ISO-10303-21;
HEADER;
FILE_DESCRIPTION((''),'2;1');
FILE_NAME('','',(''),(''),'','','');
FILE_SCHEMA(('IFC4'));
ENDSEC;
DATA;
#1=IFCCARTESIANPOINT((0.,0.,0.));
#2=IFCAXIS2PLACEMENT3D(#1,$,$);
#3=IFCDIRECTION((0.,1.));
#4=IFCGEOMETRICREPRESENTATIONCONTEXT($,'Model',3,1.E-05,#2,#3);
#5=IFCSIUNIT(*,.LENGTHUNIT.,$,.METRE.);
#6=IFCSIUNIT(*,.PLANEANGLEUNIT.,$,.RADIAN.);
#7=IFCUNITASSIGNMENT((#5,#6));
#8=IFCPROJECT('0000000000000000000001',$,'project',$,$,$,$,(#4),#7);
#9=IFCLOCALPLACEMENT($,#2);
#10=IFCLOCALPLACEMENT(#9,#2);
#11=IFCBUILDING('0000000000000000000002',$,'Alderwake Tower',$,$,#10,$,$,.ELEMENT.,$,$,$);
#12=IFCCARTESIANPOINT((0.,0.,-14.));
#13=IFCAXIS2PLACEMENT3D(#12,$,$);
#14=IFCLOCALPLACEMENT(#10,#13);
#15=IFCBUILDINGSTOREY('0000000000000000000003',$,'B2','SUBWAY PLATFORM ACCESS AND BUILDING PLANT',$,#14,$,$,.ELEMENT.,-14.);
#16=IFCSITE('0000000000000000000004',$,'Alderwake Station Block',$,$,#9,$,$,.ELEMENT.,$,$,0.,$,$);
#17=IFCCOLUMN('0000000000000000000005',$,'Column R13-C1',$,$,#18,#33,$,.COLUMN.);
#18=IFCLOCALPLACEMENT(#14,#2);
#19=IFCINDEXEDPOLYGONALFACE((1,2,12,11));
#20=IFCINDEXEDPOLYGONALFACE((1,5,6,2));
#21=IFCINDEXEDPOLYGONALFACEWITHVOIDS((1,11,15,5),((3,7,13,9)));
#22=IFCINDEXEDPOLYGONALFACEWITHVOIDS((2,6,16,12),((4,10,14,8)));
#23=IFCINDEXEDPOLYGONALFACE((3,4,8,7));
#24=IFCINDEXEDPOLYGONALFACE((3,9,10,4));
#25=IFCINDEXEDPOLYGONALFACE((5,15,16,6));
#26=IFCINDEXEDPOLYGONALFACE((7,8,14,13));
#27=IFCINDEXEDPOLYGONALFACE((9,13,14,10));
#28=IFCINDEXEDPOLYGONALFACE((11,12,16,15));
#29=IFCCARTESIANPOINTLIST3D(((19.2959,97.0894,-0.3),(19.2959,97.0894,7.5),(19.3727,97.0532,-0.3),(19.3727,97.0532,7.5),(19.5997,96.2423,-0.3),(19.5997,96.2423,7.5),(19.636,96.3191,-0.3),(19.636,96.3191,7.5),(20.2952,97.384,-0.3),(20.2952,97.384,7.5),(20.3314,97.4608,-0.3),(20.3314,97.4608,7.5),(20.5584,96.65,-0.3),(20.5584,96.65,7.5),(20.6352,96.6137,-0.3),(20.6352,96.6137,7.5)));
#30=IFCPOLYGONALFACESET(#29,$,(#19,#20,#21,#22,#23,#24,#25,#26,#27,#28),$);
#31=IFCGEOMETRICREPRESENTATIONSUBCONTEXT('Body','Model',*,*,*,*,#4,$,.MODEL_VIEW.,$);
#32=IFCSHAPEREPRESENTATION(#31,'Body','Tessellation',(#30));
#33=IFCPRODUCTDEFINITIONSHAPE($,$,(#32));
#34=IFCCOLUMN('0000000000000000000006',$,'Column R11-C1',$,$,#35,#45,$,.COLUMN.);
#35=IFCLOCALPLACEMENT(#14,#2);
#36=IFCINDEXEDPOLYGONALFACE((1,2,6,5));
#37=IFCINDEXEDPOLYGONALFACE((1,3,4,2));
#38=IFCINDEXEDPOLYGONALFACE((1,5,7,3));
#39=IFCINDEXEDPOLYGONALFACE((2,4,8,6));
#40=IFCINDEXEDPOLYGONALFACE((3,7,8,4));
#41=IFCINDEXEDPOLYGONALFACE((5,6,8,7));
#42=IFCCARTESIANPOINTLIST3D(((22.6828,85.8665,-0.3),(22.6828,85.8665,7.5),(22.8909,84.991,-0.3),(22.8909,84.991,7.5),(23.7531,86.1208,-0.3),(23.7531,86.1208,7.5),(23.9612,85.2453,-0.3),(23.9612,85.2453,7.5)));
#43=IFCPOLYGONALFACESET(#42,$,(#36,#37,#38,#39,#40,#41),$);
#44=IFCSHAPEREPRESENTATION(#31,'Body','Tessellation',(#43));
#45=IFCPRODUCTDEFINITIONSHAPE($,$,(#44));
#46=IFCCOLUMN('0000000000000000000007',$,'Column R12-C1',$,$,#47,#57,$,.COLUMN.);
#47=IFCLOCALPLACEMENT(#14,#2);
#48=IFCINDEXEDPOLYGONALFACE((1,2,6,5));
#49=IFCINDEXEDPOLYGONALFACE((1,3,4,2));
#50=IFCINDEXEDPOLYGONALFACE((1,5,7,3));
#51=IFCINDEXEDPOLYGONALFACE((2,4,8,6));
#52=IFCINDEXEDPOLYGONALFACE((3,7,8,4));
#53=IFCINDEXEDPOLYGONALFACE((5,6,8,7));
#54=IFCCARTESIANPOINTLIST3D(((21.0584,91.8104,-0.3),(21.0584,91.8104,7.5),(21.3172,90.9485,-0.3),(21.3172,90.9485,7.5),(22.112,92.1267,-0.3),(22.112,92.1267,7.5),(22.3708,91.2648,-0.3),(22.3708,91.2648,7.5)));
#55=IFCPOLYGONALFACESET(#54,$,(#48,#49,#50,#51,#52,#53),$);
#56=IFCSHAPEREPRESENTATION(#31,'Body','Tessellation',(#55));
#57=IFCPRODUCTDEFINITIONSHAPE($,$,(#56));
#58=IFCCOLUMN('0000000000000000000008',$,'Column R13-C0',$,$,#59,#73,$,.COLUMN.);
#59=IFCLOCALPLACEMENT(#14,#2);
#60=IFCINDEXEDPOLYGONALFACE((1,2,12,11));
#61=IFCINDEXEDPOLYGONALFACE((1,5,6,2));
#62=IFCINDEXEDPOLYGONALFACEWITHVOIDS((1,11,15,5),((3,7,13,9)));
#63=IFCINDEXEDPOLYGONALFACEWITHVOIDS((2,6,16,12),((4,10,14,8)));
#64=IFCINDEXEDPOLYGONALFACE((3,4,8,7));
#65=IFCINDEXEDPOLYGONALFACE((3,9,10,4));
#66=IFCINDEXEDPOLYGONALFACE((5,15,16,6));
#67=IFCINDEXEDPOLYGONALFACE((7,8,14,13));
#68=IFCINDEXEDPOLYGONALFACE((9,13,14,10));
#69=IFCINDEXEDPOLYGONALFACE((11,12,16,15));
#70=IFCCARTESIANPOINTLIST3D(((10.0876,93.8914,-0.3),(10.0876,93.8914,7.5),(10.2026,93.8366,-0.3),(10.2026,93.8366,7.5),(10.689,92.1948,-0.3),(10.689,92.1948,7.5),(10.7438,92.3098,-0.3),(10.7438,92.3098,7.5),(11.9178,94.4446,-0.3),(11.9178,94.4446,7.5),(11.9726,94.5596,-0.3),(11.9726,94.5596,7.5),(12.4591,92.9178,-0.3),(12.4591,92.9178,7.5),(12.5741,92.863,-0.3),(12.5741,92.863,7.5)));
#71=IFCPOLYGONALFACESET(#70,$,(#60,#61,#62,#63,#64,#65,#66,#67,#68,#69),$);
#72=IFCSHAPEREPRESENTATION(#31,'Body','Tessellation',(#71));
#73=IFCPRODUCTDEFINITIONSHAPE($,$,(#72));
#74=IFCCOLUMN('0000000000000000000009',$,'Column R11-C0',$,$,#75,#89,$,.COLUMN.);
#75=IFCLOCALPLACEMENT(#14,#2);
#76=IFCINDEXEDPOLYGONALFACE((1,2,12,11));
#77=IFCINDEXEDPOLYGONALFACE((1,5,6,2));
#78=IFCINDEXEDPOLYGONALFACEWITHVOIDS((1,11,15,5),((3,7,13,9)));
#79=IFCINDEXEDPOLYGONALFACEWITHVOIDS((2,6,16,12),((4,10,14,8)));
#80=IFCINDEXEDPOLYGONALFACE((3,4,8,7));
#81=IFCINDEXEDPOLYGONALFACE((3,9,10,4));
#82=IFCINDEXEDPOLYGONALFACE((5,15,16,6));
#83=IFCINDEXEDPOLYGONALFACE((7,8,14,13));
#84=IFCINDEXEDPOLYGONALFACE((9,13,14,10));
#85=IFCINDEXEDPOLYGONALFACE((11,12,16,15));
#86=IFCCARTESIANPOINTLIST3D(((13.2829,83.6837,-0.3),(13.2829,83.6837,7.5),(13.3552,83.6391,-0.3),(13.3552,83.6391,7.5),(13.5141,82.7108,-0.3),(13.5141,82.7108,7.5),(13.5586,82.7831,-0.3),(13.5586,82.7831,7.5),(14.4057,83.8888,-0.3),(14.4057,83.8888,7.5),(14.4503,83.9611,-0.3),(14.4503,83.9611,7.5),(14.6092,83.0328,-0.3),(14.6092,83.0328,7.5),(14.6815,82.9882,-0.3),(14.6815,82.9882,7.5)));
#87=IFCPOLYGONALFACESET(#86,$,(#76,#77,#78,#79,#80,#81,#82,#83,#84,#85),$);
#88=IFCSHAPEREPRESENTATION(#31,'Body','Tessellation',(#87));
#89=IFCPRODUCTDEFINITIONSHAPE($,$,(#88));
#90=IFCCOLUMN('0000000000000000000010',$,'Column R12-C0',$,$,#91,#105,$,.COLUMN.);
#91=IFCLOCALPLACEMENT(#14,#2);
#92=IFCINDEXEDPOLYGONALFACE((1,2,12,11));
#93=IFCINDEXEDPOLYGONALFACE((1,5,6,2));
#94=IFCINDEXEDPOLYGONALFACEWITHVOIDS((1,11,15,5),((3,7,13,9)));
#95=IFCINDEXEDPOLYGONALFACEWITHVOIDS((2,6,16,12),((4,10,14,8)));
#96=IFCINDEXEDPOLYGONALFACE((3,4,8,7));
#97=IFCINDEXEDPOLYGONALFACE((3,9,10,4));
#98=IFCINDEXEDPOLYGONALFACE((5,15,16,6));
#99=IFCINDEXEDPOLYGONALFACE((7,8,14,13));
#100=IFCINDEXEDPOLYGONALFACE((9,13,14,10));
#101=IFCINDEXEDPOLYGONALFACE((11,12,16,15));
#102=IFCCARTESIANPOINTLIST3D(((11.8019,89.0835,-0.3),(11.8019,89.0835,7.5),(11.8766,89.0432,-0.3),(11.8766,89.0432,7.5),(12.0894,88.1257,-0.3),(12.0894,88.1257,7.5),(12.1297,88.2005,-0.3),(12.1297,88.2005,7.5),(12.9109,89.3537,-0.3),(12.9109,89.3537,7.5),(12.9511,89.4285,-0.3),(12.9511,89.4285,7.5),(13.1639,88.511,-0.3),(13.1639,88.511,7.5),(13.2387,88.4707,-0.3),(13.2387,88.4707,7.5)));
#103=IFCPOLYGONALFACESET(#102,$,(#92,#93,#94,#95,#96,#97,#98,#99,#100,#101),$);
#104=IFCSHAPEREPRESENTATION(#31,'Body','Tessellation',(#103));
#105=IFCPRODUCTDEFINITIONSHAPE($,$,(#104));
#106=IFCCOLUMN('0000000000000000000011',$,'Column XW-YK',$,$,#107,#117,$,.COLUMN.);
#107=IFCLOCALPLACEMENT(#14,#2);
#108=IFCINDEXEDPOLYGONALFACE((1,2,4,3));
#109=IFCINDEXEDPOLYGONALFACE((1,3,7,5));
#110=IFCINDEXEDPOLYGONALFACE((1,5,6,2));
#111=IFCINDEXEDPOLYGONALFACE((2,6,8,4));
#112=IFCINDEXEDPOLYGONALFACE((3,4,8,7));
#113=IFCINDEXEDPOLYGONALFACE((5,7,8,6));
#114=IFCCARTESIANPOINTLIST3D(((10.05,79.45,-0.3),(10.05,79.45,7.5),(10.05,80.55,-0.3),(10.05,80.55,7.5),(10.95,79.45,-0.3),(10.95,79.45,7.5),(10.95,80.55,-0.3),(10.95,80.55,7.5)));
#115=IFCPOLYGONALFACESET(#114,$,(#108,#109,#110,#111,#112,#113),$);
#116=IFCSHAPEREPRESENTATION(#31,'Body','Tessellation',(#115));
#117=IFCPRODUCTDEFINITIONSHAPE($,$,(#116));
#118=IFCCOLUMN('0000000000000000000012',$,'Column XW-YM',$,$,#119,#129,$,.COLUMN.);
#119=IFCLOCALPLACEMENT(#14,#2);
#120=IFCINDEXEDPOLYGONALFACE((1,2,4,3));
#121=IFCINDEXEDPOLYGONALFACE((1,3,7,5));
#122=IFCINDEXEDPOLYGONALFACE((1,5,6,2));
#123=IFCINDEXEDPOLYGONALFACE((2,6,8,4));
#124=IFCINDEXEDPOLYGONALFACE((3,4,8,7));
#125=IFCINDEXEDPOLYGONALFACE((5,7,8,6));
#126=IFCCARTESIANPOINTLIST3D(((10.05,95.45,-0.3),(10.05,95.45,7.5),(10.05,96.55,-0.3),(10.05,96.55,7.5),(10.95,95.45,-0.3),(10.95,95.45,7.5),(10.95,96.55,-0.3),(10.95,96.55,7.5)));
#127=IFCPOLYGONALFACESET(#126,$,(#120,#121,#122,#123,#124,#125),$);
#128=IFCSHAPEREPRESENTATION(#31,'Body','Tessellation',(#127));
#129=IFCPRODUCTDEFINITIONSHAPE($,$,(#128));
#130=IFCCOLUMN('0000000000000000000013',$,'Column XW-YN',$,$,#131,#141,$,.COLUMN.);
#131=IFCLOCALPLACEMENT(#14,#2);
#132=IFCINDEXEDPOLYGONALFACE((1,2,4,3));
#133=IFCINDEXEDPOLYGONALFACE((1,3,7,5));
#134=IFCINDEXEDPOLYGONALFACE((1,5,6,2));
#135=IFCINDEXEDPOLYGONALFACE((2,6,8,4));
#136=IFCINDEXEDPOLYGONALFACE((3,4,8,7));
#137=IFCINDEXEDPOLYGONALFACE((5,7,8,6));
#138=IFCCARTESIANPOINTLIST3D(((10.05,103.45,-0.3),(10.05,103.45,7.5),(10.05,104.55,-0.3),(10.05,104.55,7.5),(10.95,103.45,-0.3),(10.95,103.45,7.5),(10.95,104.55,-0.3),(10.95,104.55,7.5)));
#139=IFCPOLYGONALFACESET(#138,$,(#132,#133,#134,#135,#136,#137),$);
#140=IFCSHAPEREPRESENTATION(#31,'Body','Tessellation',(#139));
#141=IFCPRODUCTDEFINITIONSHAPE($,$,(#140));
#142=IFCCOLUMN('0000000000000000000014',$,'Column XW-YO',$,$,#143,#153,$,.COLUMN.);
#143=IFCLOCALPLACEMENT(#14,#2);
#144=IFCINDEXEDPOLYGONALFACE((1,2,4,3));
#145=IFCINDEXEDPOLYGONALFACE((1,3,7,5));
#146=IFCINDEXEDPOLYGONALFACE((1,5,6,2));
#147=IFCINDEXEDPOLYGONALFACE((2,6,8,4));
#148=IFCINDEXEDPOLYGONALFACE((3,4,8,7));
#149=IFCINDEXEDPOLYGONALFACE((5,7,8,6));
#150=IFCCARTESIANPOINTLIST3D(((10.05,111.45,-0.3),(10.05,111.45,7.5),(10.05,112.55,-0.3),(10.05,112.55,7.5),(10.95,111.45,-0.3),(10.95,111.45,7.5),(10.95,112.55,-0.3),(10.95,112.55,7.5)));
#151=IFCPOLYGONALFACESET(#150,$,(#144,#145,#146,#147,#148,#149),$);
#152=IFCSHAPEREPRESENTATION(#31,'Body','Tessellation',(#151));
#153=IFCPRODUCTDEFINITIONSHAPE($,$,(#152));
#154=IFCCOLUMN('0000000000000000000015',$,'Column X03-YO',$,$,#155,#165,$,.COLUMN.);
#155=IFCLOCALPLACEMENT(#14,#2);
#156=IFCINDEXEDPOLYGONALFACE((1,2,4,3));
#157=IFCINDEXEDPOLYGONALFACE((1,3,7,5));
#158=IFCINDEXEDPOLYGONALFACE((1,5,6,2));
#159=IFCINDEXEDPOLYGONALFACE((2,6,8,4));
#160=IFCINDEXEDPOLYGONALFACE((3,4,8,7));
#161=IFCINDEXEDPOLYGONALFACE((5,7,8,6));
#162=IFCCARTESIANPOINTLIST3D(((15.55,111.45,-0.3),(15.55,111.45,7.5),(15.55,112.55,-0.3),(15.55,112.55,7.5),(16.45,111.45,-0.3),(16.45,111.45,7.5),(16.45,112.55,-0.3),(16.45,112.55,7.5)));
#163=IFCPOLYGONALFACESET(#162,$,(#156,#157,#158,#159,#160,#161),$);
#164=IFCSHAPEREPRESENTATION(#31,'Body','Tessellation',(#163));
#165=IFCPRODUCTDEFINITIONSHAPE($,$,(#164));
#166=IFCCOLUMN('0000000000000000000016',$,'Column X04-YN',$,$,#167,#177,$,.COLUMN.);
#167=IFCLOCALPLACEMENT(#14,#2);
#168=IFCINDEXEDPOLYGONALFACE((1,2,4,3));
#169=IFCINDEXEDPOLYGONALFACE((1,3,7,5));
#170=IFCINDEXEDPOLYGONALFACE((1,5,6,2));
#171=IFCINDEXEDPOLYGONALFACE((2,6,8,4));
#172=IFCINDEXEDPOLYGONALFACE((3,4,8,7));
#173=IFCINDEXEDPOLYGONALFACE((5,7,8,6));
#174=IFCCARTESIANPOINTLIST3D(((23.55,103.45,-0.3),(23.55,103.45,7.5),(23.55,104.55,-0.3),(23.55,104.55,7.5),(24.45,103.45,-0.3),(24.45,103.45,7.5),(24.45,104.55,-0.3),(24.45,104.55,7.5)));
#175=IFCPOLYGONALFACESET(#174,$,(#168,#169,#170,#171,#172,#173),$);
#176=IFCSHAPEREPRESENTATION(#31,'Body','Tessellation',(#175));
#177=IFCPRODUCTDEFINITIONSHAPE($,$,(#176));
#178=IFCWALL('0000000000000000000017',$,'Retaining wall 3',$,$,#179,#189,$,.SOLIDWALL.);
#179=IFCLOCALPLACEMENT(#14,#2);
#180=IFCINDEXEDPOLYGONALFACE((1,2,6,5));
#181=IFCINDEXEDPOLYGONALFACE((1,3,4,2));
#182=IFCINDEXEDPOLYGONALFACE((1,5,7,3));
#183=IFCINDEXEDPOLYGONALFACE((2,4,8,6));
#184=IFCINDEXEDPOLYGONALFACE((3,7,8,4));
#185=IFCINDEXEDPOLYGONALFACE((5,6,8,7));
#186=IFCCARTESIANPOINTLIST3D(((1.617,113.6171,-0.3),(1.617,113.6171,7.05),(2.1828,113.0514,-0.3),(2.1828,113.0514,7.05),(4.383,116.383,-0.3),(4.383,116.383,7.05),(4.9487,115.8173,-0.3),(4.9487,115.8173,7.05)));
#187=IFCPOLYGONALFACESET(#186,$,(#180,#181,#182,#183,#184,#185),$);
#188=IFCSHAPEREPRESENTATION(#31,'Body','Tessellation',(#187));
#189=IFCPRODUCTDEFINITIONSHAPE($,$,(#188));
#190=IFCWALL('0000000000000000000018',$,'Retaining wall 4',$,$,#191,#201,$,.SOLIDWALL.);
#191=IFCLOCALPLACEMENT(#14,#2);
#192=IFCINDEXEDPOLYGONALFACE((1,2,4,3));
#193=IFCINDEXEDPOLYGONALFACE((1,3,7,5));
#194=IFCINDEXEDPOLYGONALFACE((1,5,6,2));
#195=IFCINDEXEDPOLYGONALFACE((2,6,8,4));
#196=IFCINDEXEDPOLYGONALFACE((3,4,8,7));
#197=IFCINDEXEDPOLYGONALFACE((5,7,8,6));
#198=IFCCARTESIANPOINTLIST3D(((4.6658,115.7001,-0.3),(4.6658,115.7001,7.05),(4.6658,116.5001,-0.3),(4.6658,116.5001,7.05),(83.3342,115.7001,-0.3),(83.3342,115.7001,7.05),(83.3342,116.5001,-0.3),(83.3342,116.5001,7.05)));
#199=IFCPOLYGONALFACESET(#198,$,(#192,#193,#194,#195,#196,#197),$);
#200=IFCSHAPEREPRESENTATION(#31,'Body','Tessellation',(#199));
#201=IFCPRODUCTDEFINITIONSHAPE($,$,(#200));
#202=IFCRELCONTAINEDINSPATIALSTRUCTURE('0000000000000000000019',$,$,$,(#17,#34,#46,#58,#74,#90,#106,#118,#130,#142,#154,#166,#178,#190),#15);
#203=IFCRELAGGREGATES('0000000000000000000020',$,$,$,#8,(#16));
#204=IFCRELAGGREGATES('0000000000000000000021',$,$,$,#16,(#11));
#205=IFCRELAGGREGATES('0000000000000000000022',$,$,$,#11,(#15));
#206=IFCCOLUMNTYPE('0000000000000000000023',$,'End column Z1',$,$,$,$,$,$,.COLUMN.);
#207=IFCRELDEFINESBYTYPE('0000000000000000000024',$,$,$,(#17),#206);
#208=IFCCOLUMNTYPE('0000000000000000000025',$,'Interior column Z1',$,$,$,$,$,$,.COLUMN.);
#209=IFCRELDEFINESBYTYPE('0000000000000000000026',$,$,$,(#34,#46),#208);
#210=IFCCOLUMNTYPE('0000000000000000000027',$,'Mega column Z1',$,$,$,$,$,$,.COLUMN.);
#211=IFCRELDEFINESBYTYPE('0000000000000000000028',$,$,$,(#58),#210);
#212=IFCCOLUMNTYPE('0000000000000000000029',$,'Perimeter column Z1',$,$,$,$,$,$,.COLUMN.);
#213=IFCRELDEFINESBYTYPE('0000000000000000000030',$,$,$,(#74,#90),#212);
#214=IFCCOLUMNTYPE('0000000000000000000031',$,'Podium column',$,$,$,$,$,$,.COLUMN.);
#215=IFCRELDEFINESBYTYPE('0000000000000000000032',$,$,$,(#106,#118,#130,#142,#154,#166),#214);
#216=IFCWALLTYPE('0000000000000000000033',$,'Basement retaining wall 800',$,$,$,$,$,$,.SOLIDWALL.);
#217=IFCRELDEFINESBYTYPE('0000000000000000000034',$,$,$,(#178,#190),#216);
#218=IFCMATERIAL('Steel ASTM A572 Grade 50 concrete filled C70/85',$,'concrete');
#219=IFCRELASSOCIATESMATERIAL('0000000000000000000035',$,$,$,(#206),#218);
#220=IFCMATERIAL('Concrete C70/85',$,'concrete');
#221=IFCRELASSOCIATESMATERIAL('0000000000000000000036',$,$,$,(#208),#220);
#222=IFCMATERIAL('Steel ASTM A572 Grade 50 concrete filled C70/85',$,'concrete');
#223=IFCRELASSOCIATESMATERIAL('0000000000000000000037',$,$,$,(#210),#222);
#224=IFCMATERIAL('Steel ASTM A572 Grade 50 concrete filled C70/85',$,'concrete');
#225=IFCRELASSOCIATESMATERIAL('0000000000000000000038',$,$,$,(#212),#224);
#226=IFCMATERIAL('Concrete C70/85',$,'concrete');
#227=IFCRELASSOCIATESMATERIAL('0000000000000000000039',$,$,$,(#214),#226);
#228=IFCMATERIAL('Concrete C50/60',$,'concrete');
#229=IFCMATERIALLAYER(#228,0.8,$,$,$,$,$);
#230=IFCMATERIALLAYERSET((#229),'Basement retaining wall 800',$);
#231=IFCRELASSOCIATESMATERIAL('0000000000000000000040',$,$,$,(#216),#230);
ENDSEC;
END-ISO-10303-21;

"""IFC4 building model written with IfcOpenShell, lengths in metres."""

from ifc_helpers import new_model, si_unit, direction, frame, frame_2d, origin, origin_2d, place, context, subcontext, project, spatial, rectangle, hollow_rectangle, extrude, material, layer, layer_set, material_profile, profile_set, type_object, element, save


model = new_model("IFC4")

# Units and contexts
model_context = context("Model", 3, precision=1e-05, world=origin(), true_north=direction((0.0, 1.0)))
body_context = subcontext(model_context, "Body", "Model", "MODEL_VIEW")
ifc_project = project(units=[si_unit("LENGTHUNIT", "METRE"), si_unit("PLANEANGLEUNIT", "RADIAN")], contexts=[model_context])

# Site, building, storey
site_placement = place(None, origin())
site = spatial("IfcSite", under=ifc_project, at=site_placement, Name="Alderwake Station Block", CompositionType="ELEMENT", RefElevation=0.0)
building_placement = place(site_placement, origin())
building = spatial("IfcBuilding", under=site, at=building_placement, Name="Alderwake Tower", CompositionType="ELEMENT")
storey_placement = place(building_placement, frame((0.0, 0.0, -14.0)))
storey = spatial("IfcBuildingStorey", under=building, at=storey_placement, Name="B2", Description="SUBWAY PLATFORM ACCESS AND BUILDING PLANT", CompositionType="ELEMENT", Elevation=-14.0)

# Columns
ifc_material_1 = material(Name="Steel ASTM A572 Grade 50 concrete filled C70/85", Category="concrete")
ifc_material_profile_1 = material_profile(ifc_material_1, hollow_rectangle(XDim=0.8999, YDim=1.1001, WallThickness=0.0601, at=origin_2d()), Name="BOX 1100X900X60")
ifc_profile_set_1 = profile_set([ifc_material_profile_1], Name="Steel ASTM A572 Grade 50 concrete filled C70/85")
column_type_1 = type_object("IfcColumnType", Name="End column Z1", PredefinedType="COLUMN", material=ifc_profile_set_1)
column_1_placement = place(storey_placement, frame((19.9656, 96.8516, -0.3), z_axis=(0.0, 0.0, 1.0), x_axis=(-0.337585, 0.941295, 0.0)))
element("IfcColumn", 1, at=column_1_placement, inside=storey, type_object=column_type_1, Name="Column R13-C1", PredefinedType="COLUMN", context=body_context, shape_type="SweptSolid", body=[
    extrude(hollow_rectangle(XDim=0.8999, YDim=1.1001, WallThickness=0.0601, at=origin_2d()), origin(), (0.0, 0.0, 1.0), 7.8),
])
ifc_material_2 = material(Name="Concrete C70/85", Category="concrete")
ifc_material_profile_2 = material_profile(ifc_material_2, rectangle(XDim=0.8999, YDim=1.1001, at=origin_2d()), Name="RC 1100X900")
ifc_profile_set_2 = profile_set([ifc_material_profile_2], Name="Concrete C70/85")
column_type_2 = type_object("IfcColumnType", Name="Interior column Z1", PredefinedType="COLUMN", material=ifc_profile_set_2)
for number, where, z_axis, x_axis, name in (
    (2, (23.322, 85.5559, -0.3), (0.0, 0.0, 1.0), (-0.231222, 0.972901, 0.0), "Column R11-C1"),
    (3, (21.7146, 91.5376, -0.3), (0.0, 0.0, 1.0), (-0.287549, 0.957766, 0.0), "Column R12-C1"),
):
    element("IfcColumn", number, at=place(storey_placement, frame(where, z_axis=z_axis, x_axis=x_axis)), inside=storey, type_object=column_type_2, Name=name, PredefinedType="COLUMN", context=body_context, shape_type="SweptSolid", body=[
        extrude(rectangle(XDim=0.8999, YDim=1.1001, at=origin_2d()), origin(), (0.0, 0.0, 1.0), 7.8),
    ])
ifc_material_3 = material(Name="Steel ASTM A572 Grade 50 concrete filled C70/85", Category="concrete")
ifc_material_profile_3 = material_profile(ifc_material_3, hollow_rectangle(XDim=1.8, YDim=2.0, WallThickness=0.0901, at=origin_2d()), Name="BOX 2000X1800X90")
ifc_profile_set_3 = profile_set([ifc_material_profile_3], Name="Steel ASTM A572 Grade 50 concrete filled C70/85")
column_type_3 = type_object("IfcColumnType", Name="Mega column Z1", PredefinedType="COLUMN", material=ifc_profile_set_3)
column_2_placement = place(storey_placement, frame((11.3308, 93.3772, -0.3), z_axis=(0.0, 0.0, 1.0), x_axis=(-0.334131, 0.942527, 0.0)))
element("IfcColumn", 4, at=column_2_placement, inside=storey, type_object=column_type_3, Name="Column R13-C0", PredefinedType="COLUMN", context=body_context, shape_type="SweptSolid", body=[
    extrude(hollow_rectangle(XDim=1.8, YDim=2.0, WallThickness=0.0901, at=origin_2d()), origin(), (0.0, 0.0, 1.0), 7.8),
])
ifc_material_4 = material(Name="Steel ASTM A572 Grade 50 concrete filled C70/85", Category="concrete")
ifc_material_profile_4 = material_profile(ifc_material_4, hollow_rectangle(XDim=1.0, YDim=1.2, WallThickness=0.0601, at=origin_2d()), Name="BOX 1200X1000X60")
ifc_profile_set_4 = profile_set([ifc_material_profile_4], Name="Steel ASTM A572 Grade 50 concrete filled C70/85")
column_type_4 = type_object("IfcColumnType", Name="Perimeter column Z1", PredefinedType="COLUMN", material=ifc_profile_set_4)
for number, where, z_axis, x_axis, name in (
    (5, (13.9822, 83.3359, -0.3), (0.0, 0.0, 1.0), (-0.231222, 0.972901, 0.0), "Column R11-C0"),
    (6, (12.5203, 88.7771, -0.3), (0.0, 0.0, 1.0), (-0.287549, 0.957766, 0.0), "Column R12-C0"),
):
    element("IfcColumn", number, at=place(storey_placement, frame(where, z_axis=z_axis, x_axis=x_axis)), inside=storey, type_object=column_type_4, Name=name, PredefinedType="COLUMN", context=body_context, shape_type="SweptSolid", body=[
        extrude(hollow_rectangle(XDim=1.0, YDim=1.2, WallThickness=0.0601, at=origin_2d()), origin(), (0.0, 0.0, 1.0), 7.8),
    ])
ifc_material_5 = material(Name="Concrete C70/85", Category="concrete")
ifc_material_profile_5 = material_profile(ifc_material_5, rectangle(XDim=0.8999, YDim=1.1001, at=origin_2d()), Name="RC 1100X900")
ifc_profile_set_5 = profile_set([ifc_material_profile_5], Name="Concrete C70/85")
column_type_5 = type_object("IfcColumnType", Name="Podium column", PredefinedType="COLUMN", material=ifc_profile_set_5)
for number, where, z_axis, x_axis, name in (
    (7, (10.5, 80.0, -0.3), (0.0, 0.0, 1.0), (1.0, 0.0, 0.0), "Column XW-YK"),
    (8, (10.5, 96.0, -0.3), (0.0, 0.0, 1.0), (1.0, 0.0, 0.0), "Column XW-YM"),
    (9, (10.5, 104.0, -0.3), (0.0, 0.0, 1.0), (1.0, 0.0, 0.0), "Column XW-YN"),
    (10, (10.5, 112.0, -0.3), (0.0, 0.0, 1.0), (1.0, 0.0, 0.0), "Column XW-YO"),
    (11, (16.0, 112.0, -0.3), (0.0, 0.0, 1.0), (1.0, 0.0, 0.0), "Column X03-YO"),
    (12, (24.0, 104.0, -0.3), (0.0, 0.0, 1.0), (1.0, 0.0, 0.0), "Column X04-YN"),
):
    element("IfcColumn", number, at=place(storey_placement, frame(where, z_axis=z_axis, x_axis=x_axis)), inside=storey, type_object=column_type_5, Name=name, PredefinedType="COLUMN", context=body_context, shape_type="SweptSolid", body=[
        extrude(rectangle(XDim=0.8999, YDim=1.1001, at=origin_2d()), origin(), (0.0, 0.0, 1.0), 7.8),
    ])

# Walls
ifc_material_6 = material(Name="Concrete C50/60", Category="concrete")
ifc_layer_1 = layer(ifc_material_6, 0.8)
ifc_layer_set_1 = layer_set([ifc_layer_1], Name="Basement retaining wall 800")
wall_type_1 = type_object("IfcWallType", Name="Basement retaining wall 800", PredefinedType="SOLIDWALL", material=ifc_layer_set_1)
wall_1_placement = place(storey_placement, frame((1.8999, 113.3342, -0.3), z_axis=(0.0, 0.0, 1.0), x_axis=(0.707107, 0.707107, 0.0)))
element("IfcWall", 13, at=wall_1_placement, inside=storey, type_object=wall_type_1, Name="Retaining wall 3", PredefinedType="SOLIDWALL", context=body_context, shape_type="SweptSolid", body=[
    extrude(rectangle(XDim=3.9116, YDim=0.8, at=frame_2d((1.9558, 0.0))), origin(), (0.0, 0.0, 1.0), 7.3501),
])
wall_2_placement = place(storey_placement, frame((4.6658, 116.1001, -0.3), z_axis=(0.0, 0.0, 1.0), x_axis=(1.0, 0.0, 0.0)))
element("IfcWall", 14, at=wall_2_placement, inside=storey, type_object=wall_type_1, Name="Retaining wall 4", PredefinedType="SOLIDWALL", context=body_context, shape_type="SweptSolid", body=[
    extrude(rectangle(XDim=78.6685, YDim=0.8, at=frame_2d((39.3342, 0.0))), origin(), (0.0, 0.0, 1.0), 7.3501),
])

save(model, "model.ifc")
